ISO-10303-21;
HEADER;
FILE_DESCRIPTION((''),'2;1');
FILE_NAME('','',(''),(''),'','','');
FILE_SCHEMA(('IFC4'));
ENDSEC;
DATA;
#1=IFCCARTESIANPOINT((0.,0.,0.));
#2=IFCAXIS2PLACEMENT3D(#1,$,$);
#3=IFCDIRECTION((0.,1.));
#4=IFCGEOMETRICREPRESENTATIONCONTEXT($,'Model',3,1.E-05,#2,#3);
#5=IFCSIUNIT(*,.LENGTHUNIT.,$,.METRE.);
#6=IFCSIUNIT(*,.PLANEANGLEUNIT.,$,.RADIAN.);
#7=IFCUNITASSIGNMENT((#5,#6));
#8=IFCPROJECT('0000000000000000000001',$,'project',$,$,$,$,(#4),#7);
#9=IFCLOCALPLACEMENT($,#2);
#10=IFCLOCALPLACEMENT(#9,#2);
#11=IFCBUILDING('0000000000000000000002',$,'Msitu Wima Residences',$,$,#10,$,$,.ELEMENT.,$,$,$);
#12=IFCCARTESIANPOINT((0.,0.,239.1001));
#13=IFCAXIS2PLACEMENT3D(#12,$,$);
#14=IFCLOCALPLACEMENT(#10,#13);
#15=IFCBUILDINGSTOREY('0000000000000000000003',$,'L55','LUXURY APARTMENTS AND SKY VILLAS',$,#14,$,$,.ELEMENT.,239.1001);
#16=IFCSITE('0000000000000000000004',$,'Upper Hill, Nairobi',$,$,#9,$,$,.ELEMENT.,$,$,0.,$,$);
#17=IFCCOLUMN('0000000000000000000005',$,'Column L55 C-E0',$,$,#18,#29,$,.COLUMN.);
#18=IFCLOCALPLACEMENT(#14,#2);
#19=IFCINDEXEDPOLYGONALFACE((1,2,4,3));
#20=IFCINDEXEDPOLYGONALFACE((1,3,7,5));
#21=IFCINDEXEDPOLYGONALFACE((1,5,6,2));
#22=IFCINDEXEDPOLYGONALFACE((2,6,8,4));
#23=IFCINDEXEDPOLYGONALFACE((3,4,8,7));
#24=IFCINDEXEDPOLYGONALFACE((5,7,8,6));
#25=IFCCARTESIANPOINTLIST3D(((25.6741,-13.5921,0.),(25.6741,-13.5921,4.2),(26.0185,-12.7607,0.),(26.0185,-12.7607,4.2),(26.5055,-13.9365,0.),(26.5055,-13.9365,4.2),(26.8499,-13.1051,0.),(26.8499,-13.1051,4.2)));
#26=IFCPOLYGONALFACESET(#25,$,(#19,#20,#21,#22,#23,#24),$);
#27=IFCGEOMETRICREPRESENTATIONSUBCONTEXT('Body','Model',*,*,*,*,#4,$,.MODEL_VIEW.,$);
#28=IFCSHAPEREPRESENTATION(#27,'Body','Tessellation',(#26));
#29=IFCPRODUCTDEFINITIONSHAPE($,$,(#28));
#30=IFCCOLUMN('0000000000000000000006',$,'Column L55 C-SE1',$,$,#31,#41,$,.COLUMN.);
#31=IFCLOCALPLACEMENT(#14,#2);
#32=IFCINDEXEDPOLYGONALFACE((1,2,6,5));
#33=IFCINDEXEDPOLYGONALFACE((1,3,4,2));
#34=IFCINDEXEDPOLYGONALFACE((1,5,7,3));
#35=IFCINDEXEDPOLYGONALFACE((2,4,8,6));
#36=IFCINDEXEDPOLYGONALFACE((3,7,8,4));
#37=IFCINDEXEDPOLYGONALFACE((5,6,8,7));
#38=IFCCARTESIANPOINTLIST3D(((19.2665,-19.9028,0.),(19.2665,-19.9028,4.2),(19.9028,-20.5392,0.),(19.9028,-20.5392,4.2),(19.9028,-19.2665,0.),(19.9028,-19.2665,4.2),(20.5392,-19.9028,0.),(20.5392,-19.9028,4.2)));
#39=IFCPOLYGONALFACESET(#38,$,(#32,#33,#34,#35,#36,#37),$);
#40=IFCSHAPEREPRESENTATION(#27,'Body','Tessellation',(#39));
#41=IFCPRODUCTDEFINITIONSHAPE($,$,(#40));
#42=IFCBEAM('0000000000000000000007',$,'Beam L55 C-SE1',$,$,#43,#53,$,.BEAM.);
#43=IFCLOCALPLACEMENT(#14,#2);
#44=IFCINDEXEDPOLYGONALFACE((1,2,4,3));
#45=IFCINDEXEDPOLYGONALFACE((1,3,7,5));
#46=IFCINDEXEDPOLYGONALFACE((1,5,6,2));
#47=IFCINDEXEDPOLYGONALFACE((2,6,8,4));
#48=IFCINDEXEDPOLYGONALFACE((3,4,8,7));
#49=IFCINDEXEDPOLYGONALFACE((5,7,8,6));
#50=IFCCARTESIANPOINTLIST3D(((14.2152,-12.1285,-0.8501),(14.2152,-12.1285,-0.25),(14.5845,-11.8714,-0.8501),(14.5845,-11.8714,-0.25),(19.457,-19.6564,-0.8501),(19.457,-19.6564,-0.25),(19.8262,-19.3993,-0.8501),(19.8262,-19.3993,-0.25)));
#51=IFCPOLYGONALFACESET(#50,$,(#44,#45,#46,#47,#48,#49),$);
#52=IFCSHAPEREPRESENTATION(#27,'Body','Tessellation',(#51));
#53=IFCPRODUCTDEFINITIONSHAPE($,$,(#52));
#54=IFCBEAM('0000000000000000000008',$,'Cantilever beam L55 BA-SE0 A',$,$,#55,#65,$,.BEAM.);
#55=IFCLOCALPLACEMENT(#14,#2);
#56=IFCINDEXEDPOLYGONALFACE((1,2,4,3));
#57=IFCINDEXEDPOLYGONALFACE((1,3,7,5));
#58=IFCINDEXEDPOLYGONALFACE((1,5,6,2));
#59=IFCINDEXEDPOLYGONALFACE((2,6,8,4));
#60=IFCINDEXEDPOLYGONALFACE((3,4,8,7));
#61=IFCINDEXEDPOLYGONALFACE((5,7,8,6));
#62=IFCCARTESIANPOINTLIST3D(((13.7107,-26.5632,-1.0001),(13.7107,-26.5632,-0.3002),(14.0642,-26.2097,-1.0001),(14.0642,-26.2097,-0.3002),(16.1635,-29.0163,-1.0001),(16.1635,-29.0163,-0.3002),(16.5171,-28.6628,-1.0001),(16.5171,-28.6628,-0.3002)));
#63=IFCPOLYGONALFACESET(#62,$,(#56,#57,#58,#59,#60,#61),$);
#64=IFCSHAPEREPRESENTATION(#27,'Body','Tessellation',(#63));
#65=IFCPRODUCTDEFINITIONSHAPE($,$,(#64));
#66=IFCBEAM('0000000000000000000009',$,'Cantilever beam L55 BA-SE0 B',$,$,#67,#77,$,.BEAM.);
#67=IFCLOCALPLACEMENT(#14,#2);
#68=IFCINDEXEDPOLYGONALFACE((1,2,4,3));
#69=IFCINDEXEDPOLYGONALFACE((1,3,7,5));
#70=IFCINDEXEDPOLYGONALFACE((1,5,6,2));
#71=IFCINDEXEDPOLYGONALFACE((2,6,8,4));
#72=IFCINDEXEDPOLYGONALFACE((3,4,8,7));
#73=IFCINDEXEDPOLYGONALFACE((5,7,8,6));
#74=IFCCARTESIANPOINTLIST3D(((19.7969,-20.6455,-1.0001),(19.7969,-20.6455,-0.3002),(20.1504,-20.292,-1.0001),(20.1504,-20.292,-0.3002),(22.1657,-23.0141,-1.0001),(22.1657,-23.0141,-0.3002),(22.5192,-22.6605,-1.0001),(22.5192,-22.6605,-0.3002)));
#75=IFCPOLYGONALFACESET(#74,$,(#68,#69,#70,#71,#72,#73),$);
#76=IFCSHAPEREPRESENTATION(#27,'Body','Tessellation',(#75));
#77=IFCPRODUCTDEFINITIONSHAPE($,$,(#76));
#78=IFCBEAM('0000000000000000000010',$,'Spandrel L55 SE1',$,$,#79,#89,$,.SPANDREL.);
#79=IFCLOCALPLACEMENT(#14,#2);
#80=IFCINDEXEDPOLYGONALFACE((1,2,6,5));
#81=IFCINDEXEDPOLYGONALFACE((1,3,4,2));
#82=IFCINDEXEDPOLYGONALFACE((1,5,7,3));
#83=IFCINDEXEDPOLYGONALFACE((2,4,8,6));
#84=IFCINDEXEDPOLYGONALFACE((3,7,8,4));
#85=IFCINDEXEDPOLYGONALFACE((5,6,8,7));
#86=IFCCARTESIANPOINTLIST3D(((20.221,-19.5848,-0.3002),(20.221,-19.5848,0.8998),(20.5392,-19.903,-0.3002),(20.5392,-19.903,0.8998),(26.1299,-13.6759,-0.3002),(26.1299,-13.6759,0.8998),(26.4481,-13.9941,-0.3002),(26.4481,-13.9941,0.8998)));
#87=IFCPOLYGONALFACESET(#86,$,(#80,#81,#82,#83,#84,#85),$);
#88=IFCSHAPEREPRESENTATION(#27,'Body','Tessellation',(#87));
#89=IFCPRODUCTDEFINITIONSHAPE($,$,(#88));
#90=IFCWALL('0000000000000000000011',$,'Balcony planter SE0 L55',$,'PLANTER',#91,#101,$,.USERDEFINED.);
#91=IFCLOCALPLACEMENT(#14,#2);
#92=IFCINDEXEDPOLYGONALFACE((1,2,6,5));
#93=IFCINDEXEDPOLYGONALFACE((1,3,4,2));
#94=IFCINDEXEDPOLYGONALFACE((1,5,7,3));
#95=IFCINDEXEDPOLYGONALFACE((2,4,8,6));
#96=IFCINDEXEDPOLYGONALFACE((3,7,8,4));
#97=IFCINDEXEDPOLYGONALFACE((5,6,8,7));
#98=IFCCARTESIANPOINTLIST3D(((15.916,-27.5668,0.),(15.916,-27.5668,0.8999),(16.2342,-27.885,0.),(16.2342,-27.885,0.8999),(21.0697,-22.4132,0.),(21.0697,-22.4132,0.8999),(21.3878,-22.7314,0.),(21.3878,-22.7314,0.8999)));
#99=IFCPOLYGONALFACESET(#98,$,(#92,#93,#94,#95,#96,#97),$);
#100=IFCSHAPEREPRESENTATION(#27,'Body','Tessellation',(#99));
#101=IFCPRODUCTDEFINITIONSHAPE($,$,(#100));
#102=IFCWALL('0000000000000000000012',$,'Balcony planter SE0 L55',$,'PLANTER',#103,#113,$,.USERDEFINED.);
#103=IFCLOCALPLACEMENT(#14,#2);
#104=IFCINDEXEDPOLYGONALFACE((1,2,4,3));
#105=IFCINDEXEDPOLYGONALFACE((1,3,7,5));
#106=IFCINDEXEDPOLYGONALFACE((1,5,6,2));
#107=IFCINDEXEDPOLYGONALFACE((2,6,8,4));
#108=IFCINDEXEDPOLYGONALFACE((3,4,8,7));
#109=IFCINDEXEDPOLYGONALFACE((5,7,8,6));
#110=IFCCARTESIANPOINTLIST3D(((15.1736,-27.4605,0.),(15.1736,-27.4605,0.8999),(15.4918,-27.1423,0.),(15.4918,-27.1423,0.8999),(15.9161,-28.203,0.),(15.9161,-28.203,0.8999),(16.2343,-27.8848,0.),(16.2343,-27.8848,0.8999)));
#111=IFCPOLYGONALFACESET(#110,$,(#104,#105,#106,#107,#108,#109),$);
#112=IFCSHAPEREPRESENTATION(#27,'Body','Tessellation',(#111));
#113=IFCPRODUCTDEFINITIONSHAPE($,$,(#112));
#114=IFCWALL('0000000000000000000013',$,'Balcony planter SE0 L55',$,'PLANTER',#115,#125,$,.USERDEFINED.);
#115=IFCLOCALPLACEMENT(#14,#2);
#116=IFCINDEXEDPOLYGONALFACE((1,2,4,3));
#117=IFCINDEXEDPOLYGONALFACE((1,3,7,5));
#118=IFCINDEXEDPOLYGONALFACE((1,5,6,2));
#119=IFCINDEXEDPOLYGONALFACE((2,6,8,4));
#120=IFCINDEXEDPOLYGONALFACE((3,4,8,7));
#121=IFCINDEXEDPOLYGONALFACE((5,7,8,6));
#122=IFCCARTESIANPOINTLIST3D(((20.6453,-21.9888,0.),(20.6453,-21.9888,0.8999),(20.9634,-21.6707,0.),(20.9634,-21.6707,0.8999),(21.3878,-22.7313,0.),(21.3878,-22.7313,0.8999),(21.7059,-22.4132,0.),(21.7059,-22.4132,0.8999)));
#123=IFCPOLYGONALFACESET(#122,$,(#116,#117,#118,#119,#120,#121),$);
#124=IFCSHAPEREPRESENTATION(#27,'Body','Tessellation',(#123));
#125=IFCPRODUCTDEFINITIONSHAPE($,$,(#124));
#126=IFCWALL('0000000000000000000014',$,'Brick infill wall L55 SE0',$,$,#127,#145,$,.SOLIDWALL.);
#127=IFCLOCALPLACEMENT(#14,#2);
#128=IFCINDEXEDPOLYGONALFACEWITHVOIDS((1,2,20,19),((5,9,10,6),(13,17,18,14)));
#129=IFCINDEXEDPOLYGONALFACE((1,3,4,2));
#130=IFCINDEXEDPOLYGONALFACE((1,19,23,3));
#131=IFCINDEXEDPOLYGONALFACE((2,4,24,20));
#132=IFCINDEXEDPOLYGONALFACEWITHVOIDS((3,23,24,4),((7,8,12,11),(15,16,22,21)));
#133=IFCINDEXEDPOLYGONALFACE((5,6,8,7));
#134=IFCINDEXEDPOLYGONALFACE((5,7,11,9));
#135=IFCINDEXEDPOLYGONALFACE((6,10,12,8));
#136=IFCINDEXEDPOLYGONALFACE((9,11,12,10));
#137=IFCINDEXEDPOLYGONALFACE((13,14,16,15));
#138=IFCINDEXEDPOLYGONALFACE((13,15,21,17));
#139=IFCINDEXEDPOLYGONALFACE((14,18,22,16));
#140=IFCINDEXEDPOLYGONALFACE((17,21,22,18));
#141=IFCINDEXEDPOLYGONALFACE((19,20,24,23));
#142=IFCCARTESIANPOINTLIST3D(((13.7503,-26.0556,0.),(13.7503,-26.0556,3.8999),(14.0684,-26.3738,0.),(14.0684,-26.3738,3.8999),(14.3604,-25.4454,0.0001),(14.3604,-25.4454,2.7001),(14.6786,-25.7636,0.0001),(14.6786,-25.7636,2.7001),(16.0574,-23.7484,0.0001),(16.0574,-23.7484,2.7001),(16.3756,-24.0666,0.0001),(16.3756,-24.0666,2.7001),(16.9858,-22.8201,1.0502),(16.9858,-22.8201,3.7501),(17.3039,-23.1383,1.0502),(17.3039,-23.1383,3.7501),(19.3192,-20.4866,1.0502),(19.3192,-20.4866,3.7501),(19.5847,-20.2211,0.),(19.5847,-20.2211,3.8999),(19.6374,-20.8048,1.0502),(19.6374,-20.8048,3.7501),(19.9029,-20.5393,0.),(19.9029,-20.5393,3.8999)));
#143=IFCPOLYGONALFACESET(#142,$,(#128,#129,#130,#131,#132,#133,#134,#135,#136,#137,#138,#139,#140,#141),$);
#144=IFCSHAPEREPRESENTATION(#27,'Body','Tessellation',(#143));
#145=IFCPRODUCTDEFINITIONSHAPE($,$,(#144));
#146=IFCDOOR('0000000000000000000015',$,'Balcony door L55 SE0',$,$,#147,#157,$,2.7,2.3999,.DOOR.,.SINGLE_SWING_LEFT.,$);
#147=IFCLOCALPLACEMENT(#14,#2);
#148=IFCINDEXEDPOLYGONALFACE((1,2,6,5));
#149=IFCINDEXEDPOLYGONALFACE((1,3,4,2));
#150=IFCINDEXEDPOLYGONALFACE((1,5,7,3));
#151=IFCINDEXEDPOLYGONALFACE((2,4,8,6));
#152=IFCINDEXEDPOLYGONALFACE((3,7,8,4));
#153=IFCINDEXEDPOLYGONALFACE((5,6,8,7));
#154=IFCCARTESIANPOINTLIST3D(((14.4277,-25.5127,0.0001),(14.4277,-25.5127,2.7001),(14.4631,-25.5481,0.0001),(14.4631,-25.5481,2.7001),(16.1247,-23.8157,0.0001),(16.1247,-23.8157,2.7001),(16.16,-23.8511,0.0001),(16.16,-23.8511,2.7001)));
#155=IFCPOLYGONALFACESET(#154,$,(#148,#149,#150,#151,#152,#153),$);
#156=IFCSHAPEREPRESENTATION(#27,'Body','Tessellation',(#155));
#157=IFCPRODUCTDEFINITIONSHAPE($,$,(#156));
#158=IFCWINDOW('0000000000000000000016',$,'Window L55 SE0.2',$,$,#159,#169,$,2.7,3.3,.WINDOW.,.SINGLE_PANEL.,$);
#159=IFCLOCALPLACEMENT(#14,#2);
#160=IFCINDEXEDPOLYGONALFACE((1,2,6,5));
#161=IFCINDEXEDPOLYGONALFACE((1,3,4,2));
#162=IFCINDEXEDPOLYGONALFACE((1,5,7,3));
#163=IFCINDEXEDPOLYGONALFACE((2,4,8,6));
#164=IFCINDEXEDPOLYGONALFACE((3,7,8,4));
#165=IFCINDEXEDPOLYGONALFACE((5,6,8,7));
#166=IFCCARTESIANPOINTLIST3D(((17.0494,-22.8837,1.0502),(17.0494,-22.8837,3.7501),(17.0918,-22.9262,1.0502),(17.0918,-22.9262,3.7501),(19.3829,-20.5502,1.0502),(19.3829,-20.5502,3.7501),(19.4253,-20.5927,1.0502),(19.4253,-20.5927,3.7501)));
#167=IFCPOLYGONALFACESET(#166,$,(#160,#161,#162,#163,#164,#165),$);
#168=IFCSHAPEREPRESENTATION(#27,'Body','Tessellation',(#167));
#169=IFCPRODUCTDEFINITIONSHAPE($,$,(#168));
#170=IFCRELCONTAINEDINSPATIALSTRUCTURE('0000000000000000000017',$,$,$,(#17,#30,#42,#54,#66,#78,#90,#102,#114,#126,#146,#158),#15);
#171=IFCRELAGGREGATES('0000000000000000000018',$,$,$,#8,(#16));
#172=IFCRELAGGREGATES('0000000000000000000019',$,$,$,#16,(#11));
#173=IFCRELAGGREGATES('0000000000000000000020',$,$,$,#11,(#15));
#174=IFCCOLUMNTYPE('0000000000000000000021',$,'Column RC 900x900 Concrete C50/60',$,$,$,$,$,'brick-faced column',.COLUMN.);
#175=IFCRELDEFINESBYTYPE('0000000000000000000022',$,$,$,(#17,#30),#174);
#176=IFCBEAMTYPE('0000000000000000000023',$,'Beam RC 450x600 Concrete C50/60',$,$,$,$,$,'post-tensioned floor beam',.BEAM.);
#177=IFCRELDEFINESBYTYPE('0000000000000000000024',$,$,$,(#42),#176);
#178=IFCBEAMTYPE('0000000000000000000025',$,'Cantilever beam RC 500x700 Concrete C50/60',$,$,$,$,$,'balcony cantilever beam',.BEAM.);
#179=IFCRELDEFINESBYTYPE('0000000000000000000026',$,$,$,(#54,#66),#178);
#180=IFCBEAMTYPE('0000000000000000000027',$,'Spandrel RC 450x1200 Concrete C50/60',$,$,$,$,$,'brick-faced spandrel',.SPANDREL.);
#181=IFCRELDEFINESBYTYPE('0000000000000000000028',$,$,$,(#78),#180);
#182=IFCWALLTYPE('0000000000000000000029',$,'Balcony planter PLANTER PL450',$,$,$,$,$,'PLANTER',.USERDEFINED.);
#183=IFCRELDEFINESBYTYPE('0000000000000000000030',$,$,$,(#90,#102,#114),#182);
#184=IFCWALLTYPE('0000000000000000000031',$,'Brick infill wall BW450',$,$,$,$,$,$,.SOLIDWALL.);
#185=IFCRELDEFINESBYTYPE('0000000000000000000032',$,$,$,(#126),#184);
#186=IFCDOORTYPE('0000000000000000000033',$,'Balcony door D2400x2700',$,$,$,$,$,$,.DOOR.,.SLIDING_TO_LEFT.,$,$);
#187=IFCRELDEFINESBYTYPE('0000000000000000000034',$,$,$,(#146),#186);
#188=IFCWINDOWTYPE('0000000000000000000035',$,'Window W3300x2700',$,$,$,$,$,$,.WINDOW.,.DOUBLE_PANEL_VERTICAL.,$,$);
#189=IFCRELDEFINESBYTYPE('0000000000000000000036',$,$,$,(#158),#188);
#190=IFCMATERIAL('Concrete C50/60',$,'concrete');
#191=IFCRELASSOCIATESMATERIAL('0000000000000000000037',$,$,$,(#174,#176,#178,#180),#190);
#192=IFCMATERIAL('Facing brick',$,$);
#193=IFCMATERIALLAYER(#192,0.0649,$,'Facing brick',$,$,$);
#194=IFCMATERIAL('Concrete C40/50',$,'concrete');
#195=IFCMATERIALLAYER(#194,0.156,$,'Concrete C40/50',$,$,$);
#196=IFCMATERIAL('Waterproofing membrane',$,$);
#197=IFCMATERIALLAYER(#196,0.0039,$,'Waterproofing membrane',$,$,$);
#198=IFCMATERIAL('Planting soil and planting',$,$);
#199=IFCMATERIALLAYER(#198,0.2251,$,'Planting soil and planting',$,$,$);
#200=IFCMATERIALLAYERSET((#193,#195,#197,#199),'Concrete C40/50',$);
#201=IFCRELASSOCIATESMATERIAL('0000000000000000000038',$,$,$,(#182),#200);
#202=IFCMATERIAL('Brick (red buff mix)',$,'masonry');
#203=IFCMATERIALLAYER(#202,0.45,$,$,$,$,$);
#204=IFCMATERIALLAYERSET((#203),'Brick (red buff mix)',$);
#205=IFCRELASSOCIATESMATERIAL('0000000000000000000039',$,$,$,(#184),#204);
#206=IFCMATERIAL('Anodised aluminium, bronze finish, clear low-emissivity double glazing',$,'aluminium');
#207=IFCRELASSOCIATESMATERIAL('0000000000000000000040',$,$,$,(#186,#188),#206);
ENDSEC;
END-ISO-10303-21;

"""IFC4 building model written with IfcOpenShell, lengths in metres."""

from ifc_helpers import new_model, si_unit, direction, frame, frame_2d, origin, origin_2d, place, context, subcontext, project, spatial, rectangle, extrude, material, layer, layer_set, material_profile, profile_set, type_object, element, fill, save


model = new_model("IFC4")

# Units and contexts
model_context = context("Model", 3, precision=1e-05, world=origin(), true_north=direction((0.0, 1.0)))
body_context = subcontext(model_context, "Body", "Model", "MODEL_VIEW")
ifc_project = project(units=[si_unit("LENGTHUNIT", "METRE"), si_unit("PLANEANGLEUNIT", "RADIAN")], contexts=[model_context])

# Site, building, storey
site_placement = place(None, origin())
site = spatial("IfcSite", under=ifc_project, at=site_placement, Name="Upper Hill, Nairobi", CompositionType="ELEMENT", RefElevation=0.0)
building_placement = place(site_placement, origin())
building = spatial("IfcBuilding", under=site, at=building_placement, Name="Msitu Wima Residences", CompositionType="ELEMENT")
storey_placement = place(building_placement, frame((0.0, 0.0, 239.1001)))
storey = spatial("IfcBuildingStorey", under=building, at=storey_placement, Name="L55", Description="LUXURY APARTMENTS AND SKY VILLAS", CompositionType="ELEMENT", Elevation=239.1001)

# Columns
ifc_material_1 = material(Name="Concrete C50/60", Category="concrete")
ifc_material_profile_1 = material_profile(ifc_material_1, rectangle(XDim=0.8999, YDim=0.8999, at=origin_2d()), Name="RC 900x900")
ifc_profile_set_1 = profile_set([ifc_material_profile_1], Name="Concrete C50/60")
column_type = type_object("IfcColumnType", Name="Column RC 900x900 Concrete C50/60", ElementType="brick-faced column", PredefinedType="COLUMN", material=ifc_profile_set_1)
for number, where, z_axis, x_axis, name in (
    (1, (26.262, -13.3486, 0.0), (0.0, 0.0, 1.0), (0.382683, 0.92388, 0.0), "Column L55 C-E0"),
    (2, (19.9028, -19.9028, 0.0), (0.0, 0.0, 1.0), (0.707107, 0.707107, 0.0), "Column L55 C-SE1"),
):
    element("IfcColumn", number, at=place(storey_placement, frame(where, z_axis=z_axis, x_axis=x_axis)), inside=storey, type_object=column_type, Name=name, PredefinedType="COLUMN", context=body_context, shape_type="SweptSolid", body=[
        extrude(rectangle(XDim=0.8999, YDim=0.8999, at=origin_2d()), origin(), (0.0, 0.0, 1.0), 4.2),
    ])

# Beams
ifc_material_profile_2 = material_profile(ifc_material_1, rectangle(XDim=0.45, YDim=0.6001, at=origin_2d()), Name="RC 450x600")
ifc_profile_set_2 = profile_set([ifc_material_profile_2], Name="Concrete C50/60")
beam_type_1 = type_object("IfcBeamType", Name="Beam RC 450x600 Concrete C50/60", ElementType="post-tensioned floor beam", PredefinedType="BEAM", material=ifc_profile_set_2)
beam_1_placement = place(storey_placement, frame((19.6416, -19.5278, -0.55), z_axis=(-0.571428, 0.820652, 0.0), x_axis=(-0.820652, -0.571428, 0.0)))
element("IfcBeam", 3, at=beam_1_placement, inside=storey, type_object=beam_type_1, Name="Beam L55 C-SE1", PredefinedType="BEAM", context=body_context, shape_type="SweptSolid", body=[
    extrude(rectangle(XDim=0.45, YDim=0.6001, at=origin_2d()), origin(), (0.0, 0.0, 1.0), 9.1731),
])
ifc_material_profile_3 = material_profile(ifc_material_1, rectangle(XDim=0.5, YDim=0.7, at=origin_2d()), Name="RC 500x700")
ifc_profile_set_3 = profile_set([ifc_material_profile_3], Name="Concrete C50/60")
beam_type_2 = type_object("IfcBeamType", Name="Cantilever beam RC 500x700 Concrete C50/60", ElementType="balcony cantilever beam", PredefinedType="BEAM", material=ifc_profile_set_3)
beam_2_placement = place(storey_placement, frame((13.8875, -26.3865, -0.6501), z_axis=(0.707072, -0.707142, 0.0), x_axis=(0.707142, 0.707072, 0.0)))
element("IfcBeam", 4, at=beam_2_placement, inside=storey, type_object=beam_type_2, Name="Cantilever beam L55 BA-SE0 A", PredefinedType="BEAM", context=body_context, shape_type="SweptSolid", body=[
    extrude(rectangle(XDim=0.5, YDim=0.7, at=origin_2d()), origin(), (0.0, 0.0, 1.0), 3.469),
])
beam_3_placement = place(storey_placement, frame((19.9736, -20.4688, -0.6501), z_axis=(0.707143, -0.70707, 0.0), x_axis=(0.70707, 0.707143, 0.0)))
element("IfcBeam", 5, at=beam_3_placement, inside=storey, type_object=beam_type_2, Name="Cantilever beam L55 BA-SE0 B", PredefinedType="BEAM", context=body_context, shape_type="SweptSolid", body=[
    extrude(rectangle(XDim=0.5, YDim=0.7, at=origin_2d()), origin(), (0.0, 0.0, 1.0), 3.3499),
])
ifc_material_profile_4 = material_profile(ifc_material_1, rectangle(XDim=0.45, YDim=1.2, at=origin_2d()), Name="RC 450x1200")
ifc_profile_set_4 = profile_set([ifc_material_profile_4], Name="Concrete C50/60")
beam_type_3 = type_object("IfcBeamType", Name="Spandrel RC 450x1200 Concrete C50/60", ElementType="brick-faced spandrel", PredefinedType="SPANDREL", material=ifc_profile_set_4)
beam_4_placement = place(storey_placement, frame((20.3801, -19.7439, 0.2998), z_axis=(0.707107, 0.707107, 0.0), x_axis=(-0.707107, 0.707107, 0.0)))
element("IfcBeam", 6, at=beam_4_placement, inside=storey, type_object=beam_type_3, Name="Spandrel L55 SE1", PredefinedType="SPANDREL", context=body_context, shape_type="SweptSolid", body=[
    extrude(rectangle(XDim=0.45, YDim=1.2, at=origin_2d()), origin(), (0.0, 0.0, 1.0), 8.3564),
])

# Walls
ifc_material_2 = material(Name="Facing brick")
ifc_layer_1 = layer(ifc_material_2, 0.0649, Name="Facing brick")
ifc_material_3 = material(Name="Concrete C40/50", Category="concrete")
ifc_layer_2 = layer(ifc_material_3, 0.156, Name="Concrete C40/50")
ifc_material_4 = material(Name="Waterproofing membrane")
ifc_layer_3 = layer(ifc_material_4, 0.0039, Name="Waterproofing membrane")
ifc_material_5 = material(Name="Planting soil and planting")
ifc_layer_4 = layer(ifc_material_5, 0.2251, Name="Planting soil and planting")
ifc_layer_set_1 = layer_set([ifc_layer_1, ifc_layer_2, ifc_layer_3, ifc_layer_4], Name="Concrete C40/50")
wall_type_1 = type_object("IfcWallType", Name="Balcony planter PLANTER PL450", ElementType="PLANTER", PredefinedType="USERDEFINED", material=ifc_layer_set_1)
wall_1_placement = place(storey_placement, frame((16.0752, -27.7258, 0.0), z_axis=(0.0, 0.0, 1.0), x_axis=(0.707107, 0.707107, 0.0)))
element("IfcWall", 7, at=wall_1_placement, inside=storey, type_object=wall_type_1, Name="Balcony planter SE0 L55", ObjectType="PLANTER", PredefinedType="USERDEFINED", context=body_context, shape_type="SweptSolid", body=[
    extrude(rectangle(XDim=7.2883, YDim=0.45, at=frame_2d((3.644, 0.0))), origin(), (0.0, 0.0, 1.0), 0.8999),
])
for number, where, z_axis, x_axis, name in (
    (8, (15.3328, -27.3015, 0.0), (0.0, 0.0, 1.0), (0.707107, -0.707107, 0.0), "Balcony planter SE0 L55"),
    (9, (20.8044, -21.8298, 0.0), (0.0, 0.0, 1.0), (0.707107, -0.707107, 0.0), "Balcony planter SE0 L55"),
):
    element("IfcWall", number, at=place(storey_placement, frame(where, z_axis=z_axis, x_axis=x_axis)), inside=storey, type_object=wall_type_1, Name=name, ObjectType="PLANTER", PredefinedType="USERDEFINED", context=body_context, shape_type="SweptSolid", body=[
        extrude(rectangle(XDim=1.05, YDim=0.45, at=frame_2d((0.5249, 0.0))), origin(), (0.0, 0.0, 1.0), 0.8999),
    ])

# Wall, openings, door, window
ifc_material_6 = material(Name="Brick (red buff mix)", Category="masonry")
ifc_layer_5 = layer(ifc_material_6, 0.45)
ifc_layer_set_2 = layer_set([ifc_layer_5], Name="Brick (red buff mix)")
wall_type_2 = type_object("IfcWallType", Name="Brick infill wall BW450", PredefinedType="SOLIDWALL", material=ifc_layer_set_2)
wall_2_placement = place(storey_placement, frame((13.9094, -26.2146, 0.0), z_axis=(0.0, 0.0, 1.0), x_axis=(0.707107, 0.707107, 0.0)))
wall_2 = element("IfcWall", 10, at=wall_2_placement, inside=storey, type_object=wall_type_2, Name="Brick infill wall L55 SE0", PredefinedType="SOLIDWALL", context=body_context, shape_type="SweptSolid", body=[
    extrude(rectangle(XDim=8.2512, YDim=0.45, at=frame_2d((4.1255, 0.0))), origin(), (0.0, 0.0, 1.0), 3.8999),
])
opening_1_placement = place(wall_2_placement, frame((0.8628, 0.0, 0.0)))
opening_1 = element("IfcOpeningElement", 11, at=opening_1_placement, cuts=wall_2, PredefinedType="OPENING", context=body_context, shape_type="SweptSolid", body=[
    extrude(rectangle(XDim=2.3999, YDim=2.7, at=frame_2d((1.2, 1.3501))), frame((0.0, 0.2349, 0.0), z_axis=(0.0, -1.0, 0.0), x_axis=(1.0, 0.0, 0.0)), (0.0, 0.0, 1.0), 0.47),
])
opening_2_placement = place(wall_2_placement, frame((4.5757, 0.0, 1.05)))
opening_2 = element("IfcOpeningElement", 12, at=opening_2_placement, cuts=wall_2, PredefinedType="OPENING", context=body_context, shape_type="SweptSolid", body=[
    extrude(rectangle(XDim=3.3, YDim=2.7, at=frame_2d((1.6499, 1.3501))), frame((0.0, 0.2349, 0.0), z_axis=(0.0, -1.0, 0.0), x_axis=(1.0, 0.0, 0.0)), (0.0, 0.0, 1.0), 0.47),
])
ifc_material_7 = material(Name="Anodised aluminium, bronze finish, clear low-emissivity double glazing", Category="aluminium")
door_type_1 = type_object("IfcDoorType", Name="Balcony door D2400x2700", OperationType="SLIDING_TO_LEFT", PredefinedType="DOOR", material=ifc_material_7)
door_1_placement = place(opening_1_placement, origin())
door_1 = element("IfcDoor", 13, at=door_1_placement, inside=storey, type_object=door_type_1, Name="Balcony door L55 SE0", OperationType="SINGLE_SWING_LEFT", OverallHeight=2.7, OverallWidth=2.3999, PredefinedType="DOOR", context=body_context, shape_type="SweptSolid", body=[
    extrude(rectangle(XDim=2.3999, YDim=2.7, at=frame_2d((1.2, 1.3501))), frame((0.0, 0.1299, 0.0), z_axis=(0.0, -1.0, 0.0), x_axis=(1.0, 0.0, 0.0)), (0.0, 0.0, 1.0), 0.05),
])
fill(opening_1, door_1)
window_type = type_object("IfcWindowType", Name="Window W3300x2700", PartitioningType="DOUBLE_PANEL_VERTICAL", PredefinedType="WINDOW", material=ifc_material_7)
window_1_placement = place(opening_2_placement, origin())
window_1 = element("IfcWindow", 14, at=window_1_placement, inside=storey, type_object=window_type, Name="Window L55 SE0.2", OverallHeight=2.7, OverallWidth=3.3, PartitioningType="SINGLE_PANEL", PredefinedType="WINDOW", context=body_context, shape_type="SweptSolid", body=[
    extrude(rectangle(XDim=3.3, YDim=2.7, at=frame_2d((1.6499, 1.3501))), frame((0.0, 0.135, 0.0), z_axis=(0.0, -1.0, 0.0), x_axis=(1.0, 0.0, 0.0)), (0.0, 0.0, 1.0), 0.0601),
])
fill(opening_2, window_1)

save(model, "model.ifc")
